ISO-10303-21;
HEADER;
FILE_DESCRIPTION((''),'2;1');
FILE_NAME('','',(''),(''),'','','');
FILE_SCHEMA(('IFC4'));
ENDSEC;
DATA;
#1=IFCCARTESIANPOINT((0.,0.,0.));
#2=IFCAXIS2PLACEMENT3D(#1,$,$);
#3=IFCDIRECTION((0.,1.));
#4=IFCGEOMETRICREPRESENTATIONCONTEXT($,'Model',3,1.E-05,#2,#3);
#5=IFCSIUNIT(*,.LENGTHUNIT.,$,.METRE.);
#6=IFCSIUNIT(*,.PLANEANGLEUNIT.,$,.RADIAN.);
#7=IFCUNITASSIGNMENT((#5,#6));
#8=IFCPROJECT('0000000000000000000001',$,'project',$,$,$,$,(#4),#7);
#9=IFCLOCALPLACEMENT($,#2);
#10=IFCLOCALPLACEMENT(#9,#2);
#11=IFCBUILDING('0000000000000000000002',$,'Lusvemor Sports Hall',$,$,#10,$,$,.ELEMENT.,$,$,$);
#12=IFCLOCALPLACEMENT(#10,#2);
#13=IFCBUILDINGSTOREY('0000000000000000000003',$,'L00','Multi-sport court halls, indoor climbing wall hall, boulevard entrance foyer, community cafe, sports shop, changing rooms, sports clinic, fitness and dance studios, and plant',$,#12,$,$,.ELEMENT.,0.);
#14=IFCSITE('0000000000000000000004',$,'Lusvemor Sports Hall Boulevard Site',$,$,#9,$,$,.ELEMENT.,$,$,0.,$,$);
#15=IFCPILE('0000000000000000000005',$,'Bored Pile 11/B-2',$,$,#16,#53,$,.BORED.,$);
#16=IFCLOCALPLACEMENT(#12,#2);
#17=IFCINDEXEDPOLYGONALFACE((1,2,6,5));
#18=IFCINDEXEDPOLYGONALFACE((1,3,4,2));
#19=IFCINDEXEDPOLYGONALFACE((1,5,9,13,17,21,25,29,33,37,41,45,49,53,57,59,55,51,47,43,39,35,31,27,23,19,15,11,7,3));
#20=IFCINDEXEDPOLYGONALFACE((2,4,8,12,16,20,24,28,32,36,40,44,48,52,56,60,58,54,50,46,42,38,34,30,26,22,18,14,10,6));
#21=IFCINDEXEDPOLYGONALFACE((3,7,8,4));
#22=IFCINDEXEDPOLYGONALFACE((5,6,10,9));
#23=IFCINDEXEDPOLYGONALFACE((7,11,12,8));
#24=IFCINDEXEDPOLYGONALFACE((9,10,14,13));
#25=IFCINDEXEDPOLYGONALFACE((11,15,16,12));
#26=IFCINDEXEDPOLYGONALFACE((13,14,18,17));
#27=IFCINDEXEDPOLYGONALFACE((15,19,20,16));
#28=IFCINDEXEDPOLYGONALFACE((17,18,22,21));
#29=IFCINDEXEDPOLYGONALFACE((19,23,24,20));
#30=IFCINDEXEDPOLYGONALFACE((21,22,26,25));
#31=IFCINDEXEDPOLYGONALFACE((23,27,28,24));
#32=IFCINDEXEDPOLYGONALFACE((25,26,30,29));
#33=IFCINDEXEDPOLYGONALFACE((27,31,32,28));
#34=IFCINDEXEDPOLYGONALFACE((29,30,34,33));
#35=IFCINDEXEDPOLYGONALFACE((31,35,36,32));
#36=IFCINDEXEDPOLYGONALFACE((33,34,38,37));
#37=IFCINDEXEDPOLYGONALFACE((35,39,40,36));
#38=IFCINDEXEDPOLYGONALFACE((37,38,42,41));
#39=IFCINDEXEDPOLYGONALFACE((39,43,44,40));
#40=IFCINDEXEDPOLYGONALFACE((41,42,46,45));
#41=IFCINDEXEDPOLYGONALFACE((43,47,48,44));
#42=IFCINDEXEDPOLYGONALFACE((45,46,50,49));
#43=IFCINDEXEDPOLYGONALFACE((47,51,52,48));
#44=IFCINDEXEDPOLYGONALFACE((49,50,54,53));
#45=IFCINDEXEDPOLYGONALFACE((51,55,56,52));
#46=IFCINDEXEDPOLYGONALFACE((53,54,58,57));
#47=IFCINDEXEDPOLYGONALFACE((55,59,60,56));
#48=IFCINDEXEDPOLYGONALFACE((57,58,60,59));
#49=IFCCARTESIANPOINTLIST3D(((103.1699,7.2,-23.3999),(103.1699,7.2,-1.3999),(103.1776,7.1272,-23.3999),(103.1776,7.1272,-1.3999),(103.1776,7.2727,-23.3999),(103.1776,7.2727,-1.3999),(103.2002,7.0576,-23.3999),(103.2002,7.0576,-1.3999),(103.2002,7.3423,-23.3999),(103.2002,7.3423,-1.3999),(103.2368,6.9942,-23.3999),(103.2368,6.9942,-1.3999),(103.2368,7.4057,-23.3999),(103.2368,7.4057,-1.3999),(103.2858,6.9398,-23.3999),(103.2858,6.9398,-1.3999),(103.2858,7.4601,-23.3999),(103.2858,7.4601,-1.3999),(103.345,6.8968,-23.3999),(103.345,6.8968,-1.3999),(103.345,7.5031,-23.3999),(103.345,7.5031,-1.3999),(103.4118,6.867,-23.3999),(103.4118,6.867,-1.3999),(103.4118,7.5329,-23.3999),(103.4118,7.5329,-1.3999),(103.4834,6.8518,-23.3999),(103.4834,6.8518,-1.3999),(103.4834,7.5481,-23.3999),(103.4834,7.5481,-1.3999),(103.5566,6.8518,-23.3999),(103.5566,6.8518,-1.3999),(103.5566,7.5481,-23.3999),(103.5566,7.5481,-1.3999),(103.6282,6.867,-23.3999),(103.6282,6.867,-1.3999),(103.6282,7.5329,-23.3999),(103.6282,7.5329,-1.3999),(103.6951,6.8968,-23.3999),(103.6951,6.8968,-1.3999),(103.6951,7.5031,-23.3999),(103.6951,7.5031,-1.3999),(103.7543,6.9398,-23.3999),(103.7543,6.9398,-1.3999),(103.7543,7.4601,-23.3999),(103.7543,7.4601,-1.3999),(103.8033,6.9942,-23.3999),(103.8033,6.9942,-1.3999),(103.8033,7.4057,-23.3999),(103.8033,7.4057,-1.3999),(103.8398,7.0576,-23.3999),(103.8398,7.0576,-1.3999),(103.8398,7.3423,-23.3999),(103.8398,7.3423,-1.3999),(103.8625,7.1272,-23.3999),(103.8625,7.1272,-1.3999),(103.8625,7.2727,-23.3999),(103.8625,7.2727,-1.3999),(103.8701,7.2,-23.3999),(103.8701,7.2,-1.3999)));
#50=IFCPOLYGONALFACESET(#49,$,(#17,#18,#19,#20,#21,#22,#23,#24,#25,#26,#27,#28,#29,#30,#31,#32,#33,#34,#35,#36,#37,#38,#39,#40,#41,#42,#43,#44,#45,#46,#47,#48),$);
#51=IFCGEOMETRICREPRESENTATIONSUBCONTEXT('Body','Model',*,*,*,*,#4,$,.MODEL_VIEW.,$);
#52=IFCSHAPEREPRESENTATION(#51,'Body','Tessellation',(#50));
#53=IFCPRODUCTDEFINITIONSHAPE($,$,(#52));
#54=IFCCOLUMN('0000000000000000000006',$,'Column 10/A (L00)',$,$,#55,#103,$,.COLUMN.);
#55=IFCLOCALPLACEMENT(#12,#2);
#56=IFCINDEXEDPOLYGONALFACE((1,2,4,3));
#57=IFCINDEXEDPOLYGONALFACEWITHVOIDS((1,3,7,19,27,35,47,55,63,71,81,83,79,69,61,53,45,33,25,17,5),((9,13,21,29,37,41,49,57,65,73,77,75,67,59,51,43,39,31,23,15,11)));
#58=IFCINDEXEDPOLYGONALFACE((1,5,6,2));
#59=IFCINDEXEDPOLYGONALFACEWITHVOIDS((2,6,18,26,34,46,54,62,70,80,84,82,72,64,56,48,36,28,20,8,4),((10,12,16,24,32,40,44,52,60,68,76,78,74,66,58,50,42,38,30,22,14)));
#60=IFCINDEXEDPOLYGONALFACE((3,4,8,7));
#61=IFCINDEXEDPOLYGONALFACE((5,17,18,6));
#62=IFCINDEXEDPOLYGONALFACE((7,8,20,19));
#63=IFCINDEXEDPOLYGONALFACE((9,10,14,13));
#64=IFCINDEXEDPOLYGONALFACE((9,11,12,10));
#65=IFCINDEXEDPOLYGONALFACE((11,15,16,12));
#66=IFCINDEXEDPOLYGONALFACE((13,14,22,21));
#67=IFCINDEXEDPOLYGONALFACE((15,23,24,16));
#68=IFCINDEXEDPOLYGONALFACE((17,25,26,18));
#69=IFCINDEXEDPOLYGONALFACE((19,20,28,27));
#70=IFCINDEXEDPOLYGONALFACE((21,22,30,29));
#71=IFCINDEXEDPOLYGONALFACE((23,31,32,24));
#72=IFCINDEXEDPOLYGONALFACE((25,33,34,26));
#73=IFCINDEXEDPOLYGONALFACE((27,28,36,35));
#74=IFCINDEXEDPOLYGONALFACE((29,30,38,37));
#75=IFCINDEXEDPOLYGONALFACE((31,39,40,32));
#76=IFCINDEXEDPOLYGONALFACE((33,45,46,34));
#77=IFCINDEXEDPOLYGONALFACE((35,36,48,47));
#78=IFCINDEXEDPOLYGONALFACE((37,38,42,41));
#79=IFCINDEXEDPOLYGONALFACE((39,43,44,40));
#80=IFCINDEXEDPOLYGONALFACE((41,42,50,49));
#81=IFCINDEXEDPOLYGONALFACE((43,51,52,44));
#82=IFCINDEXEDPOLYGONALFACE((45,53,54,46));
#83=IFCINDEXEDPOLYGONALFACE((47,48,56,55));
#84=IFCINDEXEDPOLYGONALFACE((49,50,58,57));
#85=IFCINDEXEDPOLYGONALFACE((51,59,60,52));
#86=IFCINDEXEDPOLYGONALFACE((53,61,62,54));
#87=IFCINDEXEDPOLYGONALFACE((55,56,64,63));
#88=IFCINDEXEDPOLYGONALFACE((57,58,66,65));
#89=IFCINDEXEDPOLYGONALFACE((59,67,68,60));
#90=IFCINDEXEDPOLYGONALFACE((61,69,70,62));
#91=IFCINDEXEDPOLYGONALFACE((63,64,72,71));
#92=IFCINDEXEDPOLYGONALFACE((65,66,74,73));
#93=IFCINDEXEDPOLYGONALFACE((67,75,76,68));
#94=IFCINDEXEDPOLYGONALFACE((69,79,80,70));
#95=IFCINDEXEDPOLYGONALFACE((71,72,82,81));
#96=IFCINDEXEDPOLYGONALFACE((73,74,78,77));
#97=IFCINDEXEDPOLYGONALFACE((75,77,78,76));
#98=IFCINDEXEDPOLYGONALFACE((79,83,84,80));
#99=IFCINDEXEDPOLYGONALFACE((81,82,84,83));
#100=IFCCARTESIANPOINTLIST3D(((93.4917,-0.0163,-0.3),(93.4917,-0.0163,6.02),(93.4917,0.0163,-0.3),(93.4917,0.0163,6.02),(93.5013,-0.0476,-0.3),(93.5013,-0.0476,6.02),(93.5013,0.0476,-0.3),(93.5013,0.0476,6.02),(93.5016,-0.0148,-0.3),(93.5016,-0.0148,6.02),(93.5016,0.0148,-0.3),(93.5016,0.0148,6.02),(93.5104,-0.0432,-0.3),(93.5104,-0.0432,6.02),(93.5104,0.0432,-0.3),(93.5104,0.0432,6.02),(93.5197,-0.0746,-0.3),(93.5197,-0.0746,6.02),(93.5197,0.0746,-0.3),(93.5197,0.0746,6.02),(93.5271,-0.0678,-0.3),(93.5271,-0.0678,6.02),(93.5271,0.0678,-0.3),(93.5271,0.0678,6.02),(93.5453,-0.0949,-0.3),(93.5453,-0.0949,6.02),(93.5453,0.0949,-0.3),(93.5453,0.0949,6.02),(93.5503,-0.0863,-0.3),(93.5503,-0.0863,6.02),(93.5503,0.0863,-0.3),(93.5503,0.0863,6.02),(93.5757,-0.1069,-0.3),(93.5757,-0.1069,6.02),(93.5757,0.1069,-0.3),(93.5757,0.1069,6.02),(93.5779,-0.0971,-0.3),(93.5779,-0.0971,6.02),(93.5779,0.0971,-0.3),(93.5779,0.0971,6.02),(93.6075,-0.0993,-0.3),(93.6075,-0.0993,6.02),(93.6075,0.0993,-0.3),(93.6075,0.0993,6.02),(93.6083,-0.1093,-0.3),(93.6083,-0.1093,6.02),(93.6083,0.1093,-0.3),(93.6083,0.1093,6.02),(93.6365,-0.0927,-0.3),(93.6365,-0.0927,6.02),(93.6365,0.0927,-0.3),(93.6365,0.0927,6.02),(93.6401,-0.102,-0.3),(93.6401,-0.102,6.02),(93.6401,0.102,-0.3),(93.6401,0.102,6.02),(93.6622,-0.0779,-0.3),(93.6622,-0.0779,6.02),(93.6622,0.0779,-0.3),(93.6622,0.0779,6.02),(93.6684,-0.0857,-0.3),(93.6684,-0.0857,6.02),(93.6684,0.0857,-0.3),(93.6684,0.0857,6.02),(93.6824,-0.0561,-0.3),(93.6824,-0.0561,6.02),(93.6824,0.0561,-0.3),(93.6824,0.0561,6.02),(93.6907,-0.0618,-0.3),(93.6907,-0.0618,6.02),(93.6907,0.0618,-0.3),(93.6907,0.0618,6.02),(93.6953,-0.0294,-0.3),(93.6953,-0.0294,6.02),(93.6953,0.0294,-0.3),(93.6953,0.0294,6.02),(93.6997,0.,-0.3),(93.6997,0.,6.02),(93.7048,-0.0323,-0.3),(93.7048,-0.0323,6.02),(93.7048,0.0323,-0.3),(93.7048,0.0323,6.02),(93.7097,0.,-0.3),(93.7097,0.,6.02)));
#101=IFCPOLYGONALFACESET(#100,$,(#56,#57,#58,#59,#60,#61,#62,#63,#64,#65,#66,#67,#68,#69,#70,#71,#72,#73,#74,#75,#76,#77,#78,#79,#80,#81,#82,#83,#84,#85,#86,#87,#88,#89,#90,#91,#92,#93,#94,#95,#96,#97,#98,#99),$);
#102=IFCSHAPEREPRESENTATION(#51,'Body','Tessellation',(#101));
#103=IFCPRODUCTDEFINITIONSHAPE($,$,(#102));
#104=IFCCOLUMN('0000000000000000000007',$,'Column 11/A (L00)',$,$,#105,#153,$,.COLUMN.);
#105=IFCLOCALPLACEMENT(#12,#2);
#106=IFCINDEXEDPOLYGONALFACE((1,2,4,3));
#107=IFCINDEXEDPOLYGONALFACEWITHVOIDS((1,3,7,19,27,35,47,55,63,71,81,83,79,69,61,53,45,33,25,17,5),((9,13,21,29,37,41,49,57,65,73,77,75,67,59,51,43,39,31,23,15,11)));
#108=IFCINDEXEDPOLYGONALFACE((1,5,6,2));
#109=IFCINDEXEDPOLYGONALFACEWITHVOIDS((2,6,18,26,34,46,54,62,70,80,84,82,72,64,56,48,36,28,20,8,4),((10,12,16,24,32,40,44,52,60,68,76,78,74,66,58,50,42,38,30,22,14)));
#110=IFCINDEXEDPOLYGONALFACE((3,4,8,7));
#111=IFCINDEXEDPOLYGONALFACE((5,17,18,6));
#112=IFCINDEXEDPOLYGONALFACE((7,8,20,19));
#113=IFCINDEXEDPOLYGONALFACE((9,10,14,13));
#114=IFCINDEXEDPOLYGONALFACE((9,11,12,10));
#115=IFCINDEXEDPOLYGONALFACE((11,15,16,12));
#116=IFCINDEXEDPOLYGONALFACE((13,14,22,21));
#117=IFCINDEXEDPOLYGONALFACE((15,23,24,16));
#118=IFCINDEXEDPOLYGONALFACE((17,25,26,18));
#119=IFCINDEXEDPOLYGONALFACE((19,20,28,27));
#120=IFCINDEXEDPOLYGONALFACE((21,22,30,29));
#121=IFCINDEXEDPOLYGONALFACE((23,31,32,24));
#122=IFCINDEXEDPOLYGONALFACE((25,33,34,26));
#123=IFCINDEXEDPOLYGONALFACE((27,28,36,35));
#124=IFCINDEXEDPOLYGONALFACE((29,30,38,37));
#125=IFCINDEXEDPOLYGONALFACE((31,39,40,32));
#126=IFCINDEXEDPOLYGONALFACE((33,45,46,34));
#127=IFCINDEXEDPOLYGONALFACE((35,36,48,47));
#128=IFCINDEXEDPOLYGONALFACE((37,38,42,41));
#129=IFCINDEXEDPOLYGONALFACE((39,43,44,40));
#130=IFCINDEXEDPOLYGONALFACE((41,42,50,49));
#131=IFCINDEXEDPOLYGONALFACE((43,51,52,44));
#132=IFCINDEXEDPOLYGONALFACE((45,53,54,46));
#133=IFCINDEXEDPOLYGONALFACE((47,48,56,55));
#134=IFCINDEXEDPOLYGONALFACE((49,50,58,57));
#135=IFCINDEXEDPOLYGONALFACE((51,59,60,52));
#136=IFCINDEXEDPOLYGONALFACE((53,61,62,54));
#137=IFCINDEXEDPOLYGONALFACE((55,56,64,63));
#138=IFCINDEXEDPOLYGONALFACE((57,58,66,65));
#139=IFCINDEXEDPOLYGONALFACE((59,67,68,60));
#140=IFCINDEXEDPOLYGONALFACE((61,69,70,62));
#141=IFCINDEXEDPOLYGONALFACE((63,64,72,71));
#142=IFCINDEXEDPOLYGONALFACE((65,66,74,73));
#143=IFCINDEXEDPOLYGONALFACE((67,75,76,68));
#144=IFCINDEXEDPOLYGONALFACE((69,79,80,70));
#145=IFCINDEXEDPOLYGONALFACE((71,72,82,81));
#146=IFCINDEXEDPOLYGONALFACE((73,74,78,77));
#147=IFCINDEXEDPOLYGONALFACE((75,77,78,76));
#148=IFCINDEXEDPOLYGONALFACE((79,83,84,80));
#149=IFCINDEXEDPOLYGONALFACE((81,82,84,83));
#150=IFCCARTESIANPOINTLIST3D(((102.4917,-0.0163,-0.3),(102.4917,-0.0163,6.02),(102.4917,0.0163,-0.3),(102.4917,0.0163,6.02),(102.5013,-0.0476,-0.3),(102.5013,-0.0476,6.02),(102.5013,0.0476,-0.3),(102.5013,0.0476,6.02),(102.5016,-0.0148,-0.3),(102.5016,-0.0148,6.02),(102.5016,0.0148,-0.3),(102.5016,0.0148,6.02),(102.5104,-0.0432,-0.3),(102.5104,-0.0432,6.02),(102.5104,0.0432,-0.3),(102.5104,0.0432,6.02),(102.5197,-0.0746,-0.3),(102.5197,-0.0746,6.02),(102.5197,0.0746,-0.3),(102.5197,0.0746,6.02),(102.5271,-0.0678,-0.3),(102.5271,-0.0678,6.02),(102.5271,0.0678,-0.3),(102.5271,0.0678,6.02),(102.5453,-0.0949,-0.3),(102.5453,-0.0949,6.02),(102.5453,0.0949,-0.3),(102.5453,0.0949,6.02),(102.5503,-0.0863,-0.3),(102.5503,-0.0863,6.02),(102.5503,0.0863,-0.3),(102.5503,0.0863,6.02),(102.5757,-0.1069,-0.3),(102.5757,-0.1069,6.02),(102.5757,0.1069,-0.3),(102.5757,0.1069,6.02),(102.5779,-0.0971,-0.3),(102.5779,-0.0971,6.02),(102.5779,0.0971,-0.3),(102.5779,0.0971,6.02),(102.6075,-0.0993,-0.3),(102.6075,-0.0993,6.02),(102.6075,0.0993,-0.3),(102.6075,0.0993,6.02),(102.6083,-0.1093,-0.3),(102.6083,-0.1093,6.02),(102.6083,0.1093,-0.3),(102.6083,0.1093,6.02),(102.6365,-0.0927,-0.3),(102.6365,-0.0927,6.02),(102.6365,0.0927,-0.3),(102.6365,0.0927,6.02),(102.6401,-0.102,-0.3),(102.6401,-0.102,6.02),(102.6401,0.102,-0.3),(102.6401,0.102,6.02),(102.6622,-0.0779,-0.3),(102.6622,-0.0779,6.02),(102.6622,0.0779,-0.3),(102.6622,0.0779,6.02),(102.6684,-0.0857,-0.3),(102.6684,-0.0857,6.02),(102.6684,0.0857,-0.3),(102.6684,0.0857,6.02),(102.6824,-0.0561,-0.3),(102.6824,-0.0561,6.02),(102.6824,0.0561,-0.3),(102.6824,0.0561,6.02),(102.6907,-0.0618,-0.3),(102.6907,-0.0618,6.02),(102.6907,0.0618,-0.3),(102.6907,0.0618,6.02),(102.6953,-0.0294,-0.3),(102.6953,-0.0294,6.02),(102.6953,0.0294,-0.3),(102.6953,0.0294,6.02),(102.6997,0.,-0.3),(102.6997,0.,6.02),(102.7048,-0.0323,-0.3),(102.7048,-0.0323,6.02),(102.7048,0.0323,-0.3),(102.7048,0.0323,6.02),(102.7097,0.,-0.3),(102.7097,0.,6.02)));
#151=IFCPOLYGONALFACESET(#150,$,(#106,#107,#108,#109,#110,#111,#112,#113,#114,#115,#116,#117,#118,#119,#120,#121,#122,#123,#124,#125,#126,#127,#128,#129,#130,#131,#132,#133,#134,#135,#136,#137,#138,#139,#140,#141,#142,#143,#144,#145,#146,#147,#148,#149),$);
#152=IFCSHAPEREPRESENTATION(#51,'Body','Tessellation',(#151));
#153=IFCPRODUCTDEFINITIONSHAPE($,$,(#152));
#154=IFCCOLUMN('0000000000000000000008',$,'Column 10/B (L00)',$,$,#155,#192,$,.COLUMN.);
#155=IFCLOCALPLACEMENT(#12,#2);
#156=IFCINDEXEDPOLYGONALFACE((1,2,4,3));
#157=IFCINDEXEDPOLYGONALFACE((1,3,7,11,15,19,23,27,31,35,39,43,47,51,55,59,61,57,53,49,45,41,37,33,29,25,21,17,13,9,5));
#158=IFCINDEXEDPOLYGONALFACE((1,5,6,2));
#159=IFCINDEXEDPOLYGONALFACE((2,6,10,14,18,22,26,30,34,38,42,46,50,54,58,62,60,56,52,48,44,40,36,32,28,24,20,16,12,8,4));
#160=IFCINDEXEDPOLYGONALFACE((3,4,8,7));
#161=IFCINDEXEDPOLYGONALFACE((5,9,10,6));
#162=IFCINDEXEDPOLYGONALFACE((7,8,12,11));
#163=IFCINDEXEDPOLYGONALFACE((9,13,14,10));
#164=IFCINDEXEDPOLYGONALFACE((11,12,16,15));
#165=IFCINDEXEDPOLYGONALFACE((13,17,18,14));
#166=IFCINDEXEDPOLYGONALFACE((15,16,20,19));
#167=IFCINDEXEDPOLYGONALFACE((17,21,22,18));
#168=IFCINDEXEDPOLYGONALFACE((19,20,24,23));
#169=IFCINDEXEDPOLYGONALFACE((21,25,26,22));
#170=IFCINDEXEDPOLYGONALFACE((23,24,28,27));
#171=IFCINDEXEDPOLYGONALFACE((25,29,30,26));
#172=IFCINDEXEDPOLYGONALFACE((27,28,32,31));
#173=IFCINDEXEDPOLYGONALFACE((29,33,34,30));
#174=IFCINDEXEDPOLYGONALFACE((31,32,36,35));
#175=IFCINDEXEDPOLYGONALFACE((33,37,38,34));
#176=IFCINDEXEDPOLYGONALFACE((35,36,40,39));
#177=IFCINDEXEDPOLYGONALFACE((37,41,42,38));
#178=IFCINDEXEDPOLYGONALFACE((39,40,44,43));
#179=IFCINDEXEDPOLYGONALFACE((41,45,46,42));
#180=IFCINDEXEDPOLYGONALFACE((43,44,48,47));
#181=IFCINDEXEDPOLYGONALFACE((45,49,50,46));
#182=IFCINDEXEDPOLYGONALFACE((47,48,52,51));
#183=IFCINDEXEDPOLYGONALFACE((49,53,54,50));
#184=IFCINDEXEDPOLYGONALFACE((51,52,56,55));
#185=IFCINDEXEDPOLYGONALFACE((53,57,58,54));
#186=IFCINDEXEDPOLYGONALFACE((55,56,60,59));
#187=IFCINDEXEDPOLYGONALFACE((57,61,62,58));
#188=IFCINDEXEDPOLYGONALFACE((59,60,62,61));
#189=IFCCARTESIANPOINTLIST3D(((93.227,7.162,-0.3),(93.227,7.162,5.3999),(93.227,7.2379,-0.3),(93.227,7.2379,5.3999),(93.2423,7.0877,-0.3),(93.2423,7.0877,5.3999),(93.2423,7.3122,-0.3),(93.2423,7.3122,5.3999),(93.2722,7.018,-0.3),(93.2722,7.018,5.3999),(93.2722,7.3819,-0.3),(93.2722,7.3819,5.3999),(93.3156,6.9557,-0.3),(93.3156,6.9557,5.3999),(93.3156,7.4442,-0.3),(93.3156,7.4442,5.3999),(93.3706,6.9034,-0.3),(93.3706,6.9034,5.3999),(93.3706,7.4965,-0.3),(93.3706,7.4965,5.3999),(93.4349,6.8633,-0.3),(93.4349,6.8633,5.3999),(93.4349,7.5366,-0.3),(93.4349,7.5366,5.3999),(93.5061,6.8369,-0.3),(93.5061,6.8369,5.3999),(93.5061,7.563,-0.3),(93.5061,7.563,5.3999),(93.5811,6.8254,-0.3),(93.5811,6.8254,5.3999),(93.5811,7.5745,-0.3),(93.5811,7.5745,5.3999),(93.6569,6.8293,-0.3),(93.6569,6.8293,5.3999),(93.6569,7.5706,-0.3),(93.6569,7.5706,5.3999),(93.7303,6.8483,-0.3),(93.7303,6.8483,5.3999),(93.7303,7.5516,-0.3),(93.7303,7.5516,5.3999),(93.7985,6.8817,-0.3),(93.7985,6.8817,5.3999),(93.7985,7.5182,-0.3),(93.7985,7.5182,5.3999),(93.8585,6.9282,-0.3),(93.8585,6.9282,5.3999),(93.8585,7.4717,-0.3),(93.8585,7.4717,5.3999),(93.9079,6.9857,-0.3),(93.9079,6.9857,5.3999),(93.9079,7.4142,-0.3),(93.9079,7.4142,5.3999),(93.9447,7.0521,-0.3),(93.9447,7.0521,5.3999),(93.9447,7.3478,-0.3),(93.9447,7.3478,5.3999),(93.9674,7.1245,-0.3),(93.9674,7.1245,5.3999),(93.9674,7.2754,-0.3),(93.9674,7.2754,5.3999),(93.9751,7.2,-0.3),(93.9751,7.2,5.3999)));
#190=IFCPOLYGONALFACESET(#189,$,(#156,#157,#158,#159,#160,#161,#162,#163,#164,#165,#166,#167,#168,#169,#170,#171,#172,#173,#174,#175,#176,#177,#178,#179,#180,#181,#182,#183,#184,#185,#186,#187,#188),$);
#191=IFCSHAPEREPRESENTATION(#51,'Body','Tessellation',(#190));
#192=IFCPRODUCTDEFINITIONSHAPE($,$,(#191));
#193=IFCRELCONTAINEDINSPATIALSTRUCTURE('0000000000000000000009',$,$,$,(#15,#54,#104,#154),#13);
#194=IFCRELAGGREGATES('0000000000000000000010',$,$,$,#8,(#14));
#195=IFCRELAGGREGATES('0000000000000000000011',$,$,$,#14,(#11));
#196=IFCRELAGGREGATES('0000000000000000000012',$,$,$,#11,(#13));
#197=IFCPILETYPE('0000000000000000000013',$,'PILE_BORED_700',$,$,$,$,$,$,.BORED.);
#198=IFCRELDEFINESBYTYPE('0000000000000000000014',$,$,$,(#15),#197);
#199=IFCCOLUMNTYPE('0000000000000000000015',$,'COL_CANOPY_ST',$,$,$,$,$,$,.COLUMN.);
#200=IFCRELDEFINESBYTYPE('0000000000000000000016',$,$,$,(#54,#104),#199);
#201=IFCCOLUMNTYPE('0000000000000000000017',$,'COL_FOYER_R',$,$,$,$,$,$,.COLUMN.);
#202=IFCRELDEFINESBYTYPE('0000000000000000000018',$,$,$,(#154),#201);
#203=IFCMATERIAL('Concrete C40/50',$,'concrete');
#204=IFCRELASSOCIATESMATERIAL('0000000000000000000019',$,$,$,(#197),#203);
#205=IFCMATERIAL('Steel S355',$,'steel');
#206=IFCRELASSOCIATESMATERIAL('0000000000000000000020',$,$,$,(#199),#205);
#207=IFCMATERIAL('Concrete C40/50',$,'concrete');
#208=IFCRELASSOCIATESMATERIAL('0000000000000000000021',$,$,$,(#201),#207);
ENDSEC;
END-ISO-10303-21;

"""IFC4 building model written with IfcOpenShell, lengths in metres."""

from ifc_helpers import new_model, si_unit, direction, frame, origin, origin_2d, place, context, subcontext, project, spatial, circle, hollow_circle, extrude, material, material_profile, profile_set, type_object, element, save


model = new_model("IFC4")

# Units and contexts
model_context = context("Model", 3, precision=1e-05, world=origin(), true_north=direction((0.0, 1.0)))
body_context = subcontext(model_context, "Body", "Model", "MODEL_VIEW")
ifc_project = project(units=[si_unit("LENGTHUNIT", "METRE"), si_unit("PLANEANGLEUNIT", "RADIAN")], contexts=[model_context])

# Site, building, storey
site_placement = place(None, origin())
site = spatial("IfcSite", under=ifc_project, at=site_placement, Name="Lusvemor Sports Hall Boulevard Site", CompositionType="ELEMENT", RefElevation=0.0)
building_placement = place(site_placement, origin())
building = spatial("IfcBuilding", under=site, at=building_placement, Name="Lusvemor Sports Hall", CompositionType="ELEMENT")
storey_placement = place(building_placement, origin())
storey = spatial("IfcBuildingStorey", under=building, at=storey_placement, Name="L00", Description="Multi-sport court halls, indoor climbing wall hall, boulevard entrance foyer, community cafe, sports shop, changing rooms, sports clinic, fitness and dance studios, and plant", CompositionType="ELEMENT", Elevation=0.0)

# Pile
ifc_material_1 = material(Name="Concrete C40/50", Category="concrete")
ifc_material_profile_1 = material_profile(ifc_material_1, circle(Radius=0.3501, at=origin_2d()), Name="PILE700")
ifc_profile_set_1 = profile_set([ifc_material_profile_1], Name="Concrete C40/50")
pile_type = type_object("IfcPileType", Name="PILE_BORED_700", PredefinedType="BORED", material=ifc_profile_set_1)
for number, where, z_axis, x_axis, name in (
    (1, (103.52, 7.2, -1.3999), (0.0, 0.0, -1.0), (1.0, 0.0, 0.0), "Bored Pile 11/B-2"),
):
    element("IfcPile", number, at=place(storey_placement, frame(where, z_axis=z_axis, x_axis=x_axis)), inside=storey, type_object=pile_type, Name=name, PredefinedType="BORED", context=body_context, shape_type="SweptSolid", body=[
        extrude(circle(Radius=0.3501, at=origin_2d()), origin(), (0.0, 0.0, 1.0), 22.0),
    ])

# Columns
ifc_material_2 = material(Name="Steel S355", Category="steel")
ifc_material_profile_2 = material_profile(ifc_material_2, hollow_circle(Radius=0.1096, WallThickness=0.01, at=origin_2d()), Name="CHS219.1x10.0")
ifc_profile_set_2 = profile_set([ifc_material_profile_2], Name="Steel S355")
column_type_1 = type_object("IfcColumnType", Name="COL_CANOPY_ST", PredefinedType="COLUMN", material=ifc_profile_set_2)
for number, where, z_axis, x_axis, name in (
    (2, (93.6001, 0.0, -0.3), (0.0, 0.0, 1.0), (1.0, 0.0, 0.0), "Column 10/A (L00)"),
    (3, (102.6001, 0.0, -0.3), (0.0, 0.0, 1.0), (1.0, 0.0, 0.0), "Column 11/A (L00)"),
):
    element("IfcColumn", number, at=place(storey_placement, frame(where, z_axis=z_axis, x_axis=x_axis)), inside=storey, type_object=column_type_1, Name=name, PredefinedType="COLUMN", context=body_context, shape_type="SweptSolid", body=[
        extrude(hollow_circle(Radius=0.1096, WallThickness=0.01, at=origin_2d()), origin(), (0.0, 0.0, 1.0), 6.3201),
    ])
ifc_material_3 = material(Name="Concrete C40/50", Category="concrete")
ifc_material_profile_3 = material_profile(ifc_material_3, circle(Radius=0.375, at=origin_2d()), Name="RCCIRC750")
ifc_profile_set_3 = profile_set([ifc_material_profile_3], Name="Concrete C40/50")
column_type_2 = type_object("IfcColumnType", Name="COL_FOYER_R", PredefinedType="COLUMN", material=ifc_profile_set_3)
for number, where, z_axis, x_axis, name in (
    (4, (93.6001, 7.2, -0.3), (0.0, 0.0, 1.0), (1.0, 0.0, 0.0), "Column 10/B (L00)"),
):
    element("IfcColumn", number, at=place(storey_placement, frame(where, z_axis=z_axis, x_axis=x_axis)), inside=storey, type_object=column_type_2, Name=name, PredefinedType="COLUMN", context=body_context, shape_type="SweptSolid", body=[
        extrude(circle(Radius=0.375, at=origin_2d()), origin(), (0.0, 0.0, 1.0), 5.7),
    ])

save(model, "model.ifc")
